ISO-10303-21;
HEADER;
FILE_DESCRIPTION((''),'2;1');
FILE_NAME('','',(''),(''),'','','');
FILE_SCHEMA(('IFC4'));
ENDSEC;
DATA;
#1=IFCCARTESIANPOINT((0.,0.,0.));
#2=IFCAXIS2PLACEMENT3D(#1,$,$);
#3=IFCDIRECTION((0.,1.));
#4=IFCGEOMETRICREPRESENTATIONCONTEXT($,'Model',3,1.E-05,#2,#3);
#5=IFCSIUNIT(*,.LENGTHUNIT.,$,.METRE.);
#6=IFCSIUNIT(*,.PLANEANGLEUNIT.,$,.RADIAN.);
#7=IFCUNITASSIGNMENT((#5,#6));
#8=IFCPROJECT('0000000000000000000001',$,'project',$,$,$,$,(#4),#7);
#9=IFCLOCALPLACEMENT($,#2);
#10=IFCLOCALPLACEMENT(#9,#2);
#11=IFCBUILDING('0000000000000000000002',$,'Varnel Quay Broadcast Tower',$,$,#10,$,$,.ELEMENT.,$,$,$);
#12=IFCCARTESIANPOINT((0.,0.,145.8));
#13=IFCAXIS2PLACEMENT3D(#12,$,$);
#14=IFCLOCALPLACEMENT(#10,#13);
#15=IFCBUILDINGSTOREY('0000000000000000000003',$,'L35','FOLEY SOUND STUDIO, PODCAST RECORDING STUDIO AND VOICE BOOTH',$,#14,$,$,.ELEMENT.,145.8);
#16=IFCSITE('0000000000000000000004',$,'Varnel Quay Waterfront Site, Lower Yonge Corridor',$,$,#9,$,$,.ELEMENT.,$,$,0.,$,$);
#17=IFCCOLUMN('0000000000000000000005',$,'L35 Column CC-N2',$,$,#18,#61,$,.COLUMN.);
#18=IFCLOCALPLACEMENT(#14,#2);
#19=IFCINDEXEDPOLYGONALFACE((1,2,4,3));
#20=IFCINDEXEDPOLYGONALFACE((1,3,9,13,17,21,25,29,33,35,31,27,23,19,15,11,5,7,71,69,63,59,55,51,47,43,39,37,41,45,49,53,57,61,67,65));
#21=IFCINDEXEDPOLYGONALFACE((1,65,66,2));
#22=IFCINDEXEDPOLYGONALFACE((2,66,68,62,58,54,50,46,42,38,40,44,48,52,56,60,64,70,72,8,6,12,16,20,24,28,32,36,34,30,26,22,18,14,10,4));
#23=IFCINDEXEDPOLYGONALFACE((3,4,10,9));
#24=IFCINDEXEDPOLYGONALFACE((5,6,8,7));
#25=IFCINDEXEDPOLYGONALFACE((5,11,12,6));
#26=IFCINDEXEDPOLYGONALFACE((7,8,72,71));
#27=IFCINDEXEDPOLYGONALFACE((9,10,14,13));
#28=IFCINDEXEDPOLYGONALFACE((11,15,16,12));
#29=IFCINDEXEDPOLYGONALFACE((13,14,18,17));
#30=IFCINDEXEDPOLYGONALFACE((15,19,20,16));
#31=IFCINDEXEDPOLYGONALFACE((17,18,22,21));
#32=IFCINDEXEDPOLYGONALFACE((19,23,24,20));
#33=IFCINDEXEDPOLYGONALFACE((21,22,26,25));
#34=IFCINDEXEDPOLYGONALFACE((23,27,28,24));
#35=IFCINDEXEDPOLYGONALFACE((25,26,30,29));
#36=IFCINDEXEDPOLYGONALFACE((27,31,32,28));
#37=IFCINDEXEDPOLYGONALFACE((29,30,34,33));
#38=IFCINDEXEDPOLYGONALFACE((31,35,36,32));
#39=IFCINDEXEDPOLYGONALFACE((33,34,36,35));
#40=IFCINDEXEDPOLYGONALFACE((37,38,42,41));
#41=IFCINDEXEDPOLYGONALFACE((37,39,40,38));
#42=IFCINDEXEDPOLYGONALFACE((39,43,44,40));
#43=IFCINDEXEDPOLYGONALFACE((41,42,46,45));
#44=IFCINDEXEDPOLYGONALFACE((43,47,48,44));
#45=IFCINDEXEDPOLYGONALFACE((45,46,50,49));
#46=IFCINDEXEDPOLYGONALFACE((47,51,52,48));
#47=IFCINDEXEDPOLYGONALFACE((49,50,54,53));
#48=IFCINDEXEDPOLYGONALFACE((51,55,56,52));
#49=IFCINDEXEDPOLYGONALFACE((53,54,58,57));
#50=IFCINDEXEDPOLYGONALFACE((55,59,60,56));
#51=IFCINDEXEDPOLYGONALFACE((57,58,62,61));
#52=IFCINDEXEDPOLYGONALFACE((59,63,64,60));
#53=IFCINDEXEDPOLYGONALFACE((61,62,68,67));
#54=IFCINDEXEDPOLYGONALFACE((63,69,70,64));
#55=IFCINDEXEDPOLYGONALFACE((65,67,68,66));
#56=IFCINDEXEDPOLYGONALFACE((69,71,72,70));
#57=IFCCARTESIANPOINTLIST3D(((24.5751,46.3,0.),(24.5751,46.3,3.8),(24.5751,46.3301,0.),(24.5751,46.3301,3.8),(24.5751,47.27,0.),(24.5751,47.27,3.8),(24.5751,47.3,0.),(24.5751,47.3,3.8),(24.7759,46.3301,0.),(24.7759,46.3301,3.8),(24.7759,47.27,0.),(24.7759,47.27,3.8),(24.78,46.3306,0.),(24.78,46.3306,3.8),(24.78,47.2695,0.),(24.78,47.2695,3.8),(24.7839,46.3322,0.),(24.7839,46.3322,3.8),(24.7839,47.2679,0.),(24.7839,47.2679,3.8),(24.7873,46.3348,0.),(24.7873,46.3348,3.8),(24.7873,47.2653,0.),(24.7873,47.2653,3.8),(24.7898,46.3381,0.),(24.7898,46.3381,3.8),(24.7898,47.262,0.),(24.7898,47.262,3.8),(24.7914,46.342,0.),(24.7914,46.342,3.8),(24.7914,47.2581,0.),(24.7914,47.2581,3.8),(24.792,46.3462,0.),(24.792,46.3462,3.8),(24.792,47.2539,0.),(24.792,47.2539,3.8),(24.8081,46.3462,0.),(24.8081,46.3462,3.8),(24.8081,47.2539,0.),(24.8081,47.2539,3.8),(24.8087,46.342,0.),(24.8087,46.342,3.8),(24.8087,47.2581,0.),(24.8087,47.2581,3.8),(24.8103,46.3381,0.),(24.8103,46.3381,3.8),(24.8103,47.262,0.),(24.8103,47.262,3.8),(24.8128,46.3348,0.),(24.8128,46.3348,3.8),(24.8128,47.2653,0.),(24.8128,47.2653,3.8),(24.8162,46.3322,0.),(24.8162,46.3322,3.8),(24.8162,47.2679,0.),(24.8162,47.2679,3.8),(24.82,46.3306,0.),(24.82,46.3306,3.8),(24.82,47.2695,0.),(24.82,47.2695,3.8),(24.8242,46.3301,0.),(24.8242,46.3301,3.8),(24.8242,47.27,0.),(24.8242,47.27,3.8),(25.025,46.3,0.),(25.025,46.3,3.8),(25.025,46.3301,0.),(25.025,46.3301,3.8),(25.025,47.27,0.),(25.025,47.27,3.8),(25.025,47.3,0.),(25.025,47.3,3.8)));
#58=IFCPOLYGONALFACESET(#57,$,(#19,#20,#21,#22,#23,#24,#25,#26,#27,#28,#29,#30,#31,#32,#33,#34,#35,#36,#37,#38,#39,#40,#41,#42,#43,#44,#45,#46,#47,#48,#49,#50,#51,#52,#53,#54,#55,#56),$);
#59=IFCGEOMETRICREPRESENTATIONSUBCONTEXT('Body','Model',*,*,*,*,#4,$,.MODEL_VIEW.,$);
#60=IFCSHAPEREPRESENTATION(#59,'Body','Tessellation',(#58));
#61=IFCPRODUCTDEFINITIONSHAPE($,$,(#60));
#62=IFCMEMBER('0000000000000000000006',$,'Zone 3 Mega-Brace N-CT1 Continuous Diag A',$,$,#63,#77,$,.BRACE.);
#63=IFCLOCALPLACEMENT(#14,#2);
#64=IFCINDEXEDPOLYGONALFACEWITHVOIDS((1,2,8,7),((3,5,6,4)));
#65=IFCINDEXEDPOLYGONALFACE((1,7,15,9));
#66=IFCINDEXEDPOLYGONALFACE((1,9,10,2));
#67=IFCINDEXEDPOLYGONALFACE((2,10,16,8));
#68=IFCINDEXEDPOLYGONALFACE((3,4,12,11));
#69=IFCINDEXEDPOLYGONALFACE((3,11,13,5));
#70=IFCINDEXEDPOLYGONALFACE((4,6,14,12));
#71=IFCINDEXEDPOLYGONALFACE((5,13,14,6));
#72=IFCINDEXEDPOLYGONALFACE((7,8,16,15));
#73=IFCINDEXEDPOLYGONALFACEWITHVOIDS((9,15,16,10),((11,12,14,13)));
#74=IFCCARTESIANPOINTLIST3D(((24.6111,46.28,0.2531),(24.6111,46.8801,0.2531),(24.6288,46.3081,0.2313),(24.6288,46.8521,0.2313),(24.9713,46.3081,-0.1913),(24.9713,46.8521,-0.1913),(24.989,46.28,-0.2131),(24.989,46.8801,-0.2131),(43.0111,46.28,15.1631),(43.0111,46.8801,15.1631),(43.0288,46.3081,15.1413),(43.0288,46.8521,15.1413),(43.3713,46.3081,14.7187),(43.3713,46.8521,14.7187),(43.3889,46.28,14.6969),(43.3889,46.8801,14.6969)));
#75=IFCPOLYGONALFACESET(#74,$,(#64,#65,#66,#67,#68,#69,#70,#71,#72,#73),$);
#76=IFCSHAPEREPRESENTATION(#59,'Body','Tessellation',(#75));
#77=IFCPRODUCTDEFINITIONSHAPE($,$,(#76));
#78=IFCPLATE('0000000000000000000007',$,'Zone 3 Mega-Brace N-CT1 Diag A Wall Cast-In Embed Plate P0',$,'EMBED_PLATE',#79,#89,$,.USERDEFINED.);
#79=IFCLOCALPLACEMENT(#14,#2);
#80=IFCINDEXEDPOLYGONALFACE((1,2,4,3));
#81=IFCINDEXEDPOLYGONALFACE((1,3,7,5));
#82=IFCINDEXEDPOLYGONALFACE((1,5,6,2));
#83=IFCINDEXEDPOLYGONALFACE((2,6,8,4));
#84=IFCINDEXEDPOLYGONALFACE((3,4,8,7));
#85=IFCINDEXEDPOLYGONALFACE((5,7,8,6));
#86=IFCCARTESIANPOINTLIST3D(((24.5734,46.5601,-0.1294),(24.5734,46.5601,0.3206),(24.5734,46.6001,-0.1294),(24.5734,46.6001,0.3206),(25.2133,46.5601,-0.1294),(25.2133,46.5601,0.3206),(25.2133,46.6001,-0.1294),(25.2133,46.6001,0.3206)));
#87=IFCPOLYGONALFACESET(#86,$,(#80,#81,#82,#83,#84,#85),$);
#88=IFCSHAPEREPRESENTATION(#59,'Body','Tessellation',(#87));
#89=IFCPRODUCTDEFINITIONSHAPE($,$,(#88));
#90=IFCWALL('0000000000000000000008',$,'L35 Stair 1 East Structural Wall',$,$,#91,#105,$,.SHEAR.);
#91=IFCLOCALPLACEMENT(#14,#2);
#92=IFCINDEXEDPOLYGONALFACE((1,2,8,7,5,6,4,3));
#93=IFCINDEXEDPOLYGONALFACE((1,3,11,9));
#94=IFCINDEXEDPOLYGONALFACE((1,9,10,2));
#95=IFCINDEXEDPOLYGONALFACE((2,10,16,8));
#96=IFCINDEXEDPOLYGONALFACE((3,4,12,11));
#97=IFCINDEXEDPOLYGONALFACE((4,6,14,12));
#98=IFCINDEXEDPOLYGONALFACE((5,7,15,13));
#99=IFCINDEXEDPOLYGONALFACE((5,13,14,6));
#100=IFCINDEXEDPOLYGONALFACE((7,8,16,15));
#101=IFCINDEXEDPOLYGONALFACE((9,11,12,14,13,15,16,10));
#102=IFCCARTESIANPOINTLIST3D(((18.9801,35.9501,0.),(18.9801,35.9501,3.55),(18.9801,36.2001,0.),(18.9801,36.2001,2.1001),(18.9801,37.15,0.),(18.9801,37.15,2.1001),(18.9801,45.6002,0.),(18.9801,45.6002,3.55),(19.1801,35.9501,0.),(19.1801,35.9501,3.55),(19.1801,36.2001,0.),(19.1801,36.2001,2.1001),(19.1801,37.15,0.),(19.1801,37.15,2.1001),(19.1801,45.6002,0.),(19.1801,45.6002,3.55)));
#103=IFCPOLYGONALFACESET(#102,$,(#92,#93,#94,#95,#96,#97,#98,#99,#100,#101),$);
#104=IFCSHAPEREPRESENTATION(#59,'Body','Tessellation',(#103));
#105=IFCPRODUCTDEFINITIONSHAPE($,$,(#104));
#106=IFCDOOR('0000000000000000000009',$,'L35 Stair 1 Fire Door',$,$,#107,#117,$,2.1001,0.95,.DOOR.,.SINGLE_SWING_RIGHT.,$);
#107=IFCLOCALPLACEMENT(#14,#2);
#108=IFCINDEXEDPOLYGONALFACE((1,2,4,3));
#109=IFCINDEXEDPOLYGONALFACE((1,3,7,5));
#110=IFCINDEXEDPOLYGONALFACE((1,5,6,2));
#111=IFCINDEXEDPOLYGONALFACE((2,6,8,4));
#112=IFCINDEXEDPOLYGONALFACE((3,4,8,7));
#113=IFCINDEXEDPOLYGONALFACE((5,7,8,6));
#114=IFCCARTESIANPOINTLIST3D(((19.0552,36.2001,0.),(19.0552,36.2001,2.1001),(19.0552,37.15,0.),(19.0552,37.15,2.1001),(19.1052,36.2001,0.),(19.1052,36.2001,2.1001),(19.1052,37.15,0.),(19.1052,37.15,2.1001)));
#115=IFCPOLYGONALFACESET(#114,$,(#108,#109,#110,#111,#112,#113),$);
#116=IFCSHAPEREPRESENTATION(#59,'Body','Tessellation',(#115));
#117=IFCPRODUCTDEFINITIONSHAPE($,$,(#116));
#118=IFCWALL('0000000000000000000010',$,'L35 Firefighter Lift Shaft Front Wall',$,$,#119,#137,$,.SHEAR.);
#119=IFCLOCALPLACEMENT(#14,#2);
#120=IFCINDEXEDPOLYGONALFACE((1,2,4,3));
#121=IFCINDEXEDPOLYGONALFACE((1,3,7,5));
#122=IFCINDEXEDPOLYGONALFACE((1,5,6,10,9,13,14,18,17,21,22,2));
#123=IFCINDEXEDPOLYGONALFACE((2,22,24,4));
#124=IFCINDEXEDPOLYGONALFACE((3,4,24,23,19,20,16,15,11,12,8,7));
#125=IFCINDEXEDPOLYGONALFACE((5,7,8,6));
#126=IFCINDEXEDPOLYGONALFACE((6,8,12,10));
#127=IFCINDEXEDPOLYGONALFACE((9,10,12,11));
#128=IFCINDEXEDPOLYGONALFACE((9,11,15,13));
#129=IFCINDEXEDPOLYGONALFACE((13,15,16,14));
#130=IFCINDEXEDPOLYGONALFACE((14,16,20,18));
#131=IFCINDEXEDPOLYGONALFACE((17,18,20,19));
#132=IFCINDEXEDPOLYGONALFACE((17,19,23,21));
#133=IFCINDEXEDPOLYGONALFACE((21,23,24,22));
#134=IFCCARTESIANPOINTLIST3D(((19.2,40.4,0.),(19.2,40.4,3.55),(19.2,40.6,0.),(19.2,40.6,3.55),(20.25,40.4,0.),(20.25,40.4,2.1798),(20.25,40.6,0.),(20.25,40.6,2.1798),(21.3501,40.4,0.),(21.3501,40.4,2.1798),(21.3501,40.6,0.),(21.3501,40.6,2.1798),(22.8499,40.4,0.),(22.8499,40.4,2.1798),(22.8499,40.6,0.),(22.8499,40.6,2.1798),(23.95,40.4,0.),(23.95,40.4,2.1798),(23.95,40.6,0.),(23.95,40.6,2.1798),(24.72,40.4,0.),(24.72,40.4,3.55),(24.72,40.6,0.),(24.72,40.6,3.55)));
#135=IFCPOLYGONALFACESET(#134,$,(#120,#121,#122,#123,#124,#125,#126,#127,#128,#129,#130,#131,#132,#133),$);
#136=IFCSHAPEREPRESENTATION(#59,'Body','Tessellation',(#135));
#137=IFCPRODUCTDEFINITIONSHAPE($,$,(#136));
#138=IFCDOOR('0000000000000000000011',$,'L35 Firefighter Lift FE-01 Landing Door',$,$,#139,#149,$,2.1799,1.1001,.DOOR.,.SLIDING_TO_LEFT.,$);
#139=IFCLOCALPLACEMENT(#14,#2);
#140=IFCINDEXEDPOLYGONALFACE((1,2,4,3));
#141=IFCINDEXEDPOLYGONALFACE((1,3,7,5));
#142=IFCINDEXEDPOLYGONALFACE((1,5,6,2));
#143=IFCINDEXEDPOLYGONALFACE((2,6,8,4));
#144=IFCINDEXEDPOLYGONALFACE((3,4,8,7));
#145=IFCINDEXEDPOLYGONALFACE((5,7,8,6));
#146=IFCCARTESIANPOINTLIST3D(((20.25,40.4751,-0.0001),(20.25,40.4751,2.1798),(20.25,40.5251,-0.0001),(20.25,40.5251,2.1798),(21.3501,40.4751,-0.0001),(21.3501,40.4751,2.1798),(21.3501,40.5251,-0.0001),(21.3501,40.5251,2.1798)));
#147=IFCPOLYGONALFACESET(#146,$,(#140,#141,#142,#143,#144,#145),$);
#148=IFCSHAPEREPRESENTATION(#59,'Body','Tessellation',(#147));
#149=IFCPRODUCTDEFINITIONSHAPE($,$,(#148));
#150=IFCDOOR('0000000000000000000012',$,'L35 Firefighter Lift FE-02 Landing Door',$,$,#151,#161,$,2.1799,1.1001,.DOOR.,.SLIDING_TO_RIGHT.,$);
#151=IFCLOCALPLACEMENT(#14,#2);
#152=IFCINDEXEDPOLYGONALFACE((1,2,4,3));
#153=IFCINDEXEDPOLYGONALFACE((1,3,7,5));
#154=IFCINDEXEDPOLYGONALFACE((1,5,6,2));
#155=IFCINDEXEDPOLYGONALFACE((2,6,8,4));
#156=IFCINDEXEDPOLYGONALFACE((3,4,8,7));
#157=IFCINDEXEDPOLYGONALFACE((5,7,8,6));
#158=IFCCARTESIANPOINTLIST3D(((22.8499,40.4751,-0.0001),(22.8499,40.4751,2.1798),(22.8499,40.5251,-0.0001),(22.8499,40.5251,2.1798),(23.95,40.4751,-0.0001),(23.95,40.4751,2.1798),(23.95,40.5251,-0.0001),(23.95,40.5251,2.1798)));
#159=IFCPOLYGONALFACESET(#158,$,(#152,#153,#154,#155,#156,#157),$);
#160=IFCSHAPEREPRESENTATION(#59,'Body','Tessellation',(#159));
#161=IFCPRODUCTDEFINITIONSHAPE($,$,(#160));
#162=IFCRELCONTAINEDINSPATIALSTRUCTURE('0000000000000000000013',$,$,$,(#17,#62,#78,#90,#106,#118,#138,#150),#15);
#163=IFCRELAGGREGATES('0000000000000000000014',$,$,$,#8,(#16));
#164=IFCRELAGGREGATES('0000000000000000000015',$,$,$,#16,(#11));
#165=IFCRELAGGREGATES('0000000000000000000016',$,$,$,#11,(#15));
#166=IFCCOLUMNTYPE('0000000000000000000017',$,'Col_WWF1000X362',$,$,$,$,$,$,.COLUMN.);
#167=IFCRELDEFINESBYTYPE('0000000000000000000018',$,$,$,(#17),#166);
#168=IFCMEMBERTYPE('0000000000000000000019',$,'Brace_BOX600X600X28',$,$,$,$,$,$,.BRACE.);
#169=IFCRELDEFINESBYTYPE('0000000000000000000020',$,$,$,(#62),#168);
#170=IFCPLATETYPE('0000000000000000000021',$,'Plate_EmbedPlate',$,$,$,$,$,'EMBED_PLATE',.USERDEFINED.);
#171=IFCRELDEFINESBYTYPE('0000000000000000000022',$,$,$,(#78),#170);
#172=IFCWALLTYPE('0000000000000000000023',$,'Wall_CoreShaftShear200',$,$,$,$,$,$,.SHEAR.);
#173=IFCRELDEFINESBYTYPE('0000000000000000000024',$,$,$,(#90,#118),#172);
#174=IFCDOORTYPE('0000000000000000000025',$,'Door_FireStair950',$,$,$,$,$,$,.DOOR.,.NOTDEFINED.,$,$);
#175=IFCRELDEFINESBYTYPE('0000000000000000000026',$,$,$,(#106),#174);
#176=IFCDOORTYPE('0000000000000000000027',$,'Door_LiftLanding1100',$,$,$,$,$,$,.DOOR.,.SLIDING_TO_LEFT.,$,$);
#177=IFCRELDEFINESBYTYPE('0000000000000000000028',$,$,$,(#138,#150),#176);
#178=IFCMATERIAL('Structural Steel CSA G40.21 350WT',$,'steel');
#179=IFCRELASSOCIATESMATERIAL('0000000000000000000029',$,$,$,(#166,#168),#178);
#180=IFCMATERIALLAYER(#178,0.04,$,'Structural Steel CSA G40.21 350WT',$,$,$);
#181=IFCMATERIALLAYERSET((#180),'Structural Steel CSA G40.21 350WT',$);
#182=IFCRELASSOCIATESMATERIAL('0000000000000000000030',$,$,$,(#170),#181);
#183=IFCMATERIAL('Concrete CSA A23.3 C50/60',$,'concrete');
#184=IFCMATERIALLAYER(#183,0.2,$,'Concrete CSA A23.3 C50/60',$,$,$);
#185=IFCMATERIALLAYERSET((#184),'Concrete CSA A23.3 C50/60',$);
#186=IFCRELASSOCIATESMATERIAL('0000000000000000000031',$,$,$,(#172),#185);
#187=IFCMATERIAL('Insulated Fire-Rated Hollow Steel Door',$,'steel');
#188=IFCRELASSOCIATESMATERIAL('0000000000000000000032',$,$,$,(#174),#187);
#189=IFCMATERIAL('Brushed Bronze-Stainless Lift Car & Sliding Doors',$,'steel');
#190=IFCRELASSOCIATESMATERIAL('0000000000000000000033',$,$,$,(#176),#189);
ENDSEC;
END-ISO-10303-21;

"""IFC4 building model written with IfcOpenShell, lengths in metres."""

from ifc_helpers import new_model, si_unit, direction, frame, frame_2d, origin, origin_2d, place, context, subcontext, project, spatial, rectangle, hollow_rectangle, i_section, extrude, source, transform, mapped, material, layer, layer_set, material_profile, profile_set, type_object, type_shapes, element, fill, save


model = new_model("IFC4")

# Units and contexts
model_context = context("Model", 3, precision=1e-05, world=origin(), true_north=direction((0.0, 1.0)))
body_context = subcontext(model_context, "Body", "Model", "MODEL_VIEW")
ifc_project = project(units=[si_unit("LENGTHUNIT", "METRE"), si_unit("PLANEANGLEUNIT", "RADIAN")], contexts=[model_context])

# Site, building, storey
site_placement = place(None, origin())
site = spatial("IfcSite", under=ifc_project, at=site_placement, Name="Varnel Quay Waterfront Site, Lower Yonge Corridor", CompositionType="ELEMENT", RefElevation=0.0)
building_placement = place(site_placement, origin())
building = spatial("IfcBuilding", under=site, at=building_placement, Name="Varnel Quay Broadcast Tower", CompositionType="ELEMENT")
storey_placement = place(building_placement, frame((0.0, 0.0, 145.8)))
storey = spatial("IfcBuildingStorey", under=building, at=storey_placement, Name="L35", Description="FOLEY SOUND STUDIO, PODCAST RECORDING STUDIO AND VOICE BOOTH", CompositionType="ELEMENT", Elevation=145.8)

# Column
ifc_material_1 = material(Name="Structural Steel CSA G40.21 350WT", Category="steel")
ifc_material_profile_1 = material_profile(ifc_material_1, i_section(OverallWidth=0.45, OverallDepth=1.0, WebThickness=0.0161, FlangeThickness=0.03, FilletRadius=0.0161, at=origin_2d()), Name="WWF1000X362")
ifc_profile_set_1 = profile_set([ifc_material_profile_1], Name="Structural Steel CSA G40.21 350WT")
column_type = type_object("IfcColumnType", Name="Col_WWF1000X362", PredefinedType="COLUMN", material=ifc_profile_set_1)
shared_shape_1 = source(origin(), body_context, "Body", "SweptSolid", [
    extrude(i_section(OverallWidth=0.45, OverallDepth=1.0, WebThickness=0.0161, FlangeThickness=0.03, FilletRadius=0.0161, at=origin_2d()), origin(), (0.0, 0.0, 1.0), 3.8),
])
type_shapes(column_type, [shared_shape_1])
column_placement = place(storey_placement, frame((24.8, 46.8, 0.0), z_axis=(0.0, 0.0, 1.0), x_axis=(1.0, 0.0, 0.0)))
element("IfcColumn", 1, at=column_placement, inside=storey, type_object=column_type, Name="L35 Column CC-N2", PredefinedType="COLUMN", context=body_context, shape_type="MappedRepresentation", body=[
    mapped(shared_shape_1, transform((0.0, 0.0, 0.0), x_axis=(1.0, 0.0, 0.0), y_axis=(0.0, 1.0, 0.0), z_axis=(0.0, 0.0, 1.0), scale=1.0)),
])

# Member
ifc_material_profile_2 = material_profile(ifc_material_1, hollow_rectangle(XDim=0.6001, YDim=0.6001, WallThickness=0.0281, at=origin_2d()), Name="BOX600X600X28")
ifc_profile_set_2 = profile_set([ifc_material_profile_2], Name="Structural Steel CSA G40.21 350WT")
member_type = type_object("IfcMemberType", Name="Brace_BOX600X600X28", PredefinedType="BRACE", material=ifc_profile_set_2)
shared_shape_2 = source(origin(), body_context, "Body", "SweptSolid", [
    extrude(hollow_rectangle(XDim=0.6001, YDim=0.6001, WallThickness=0.0281, at=origin_2d()), origin(), (0.0, 0.0, 1.0), 23.6826),
])
type_shapes(member_type, [shared_shape_2])
member_placement = place(storey_placement, frame((24.8, 46.5801, 0.02), z_axis=(0.77694, 0.0, 0.629574), x_axis=(0.0, 1.0, 0.0)))
element("IfcMember", 2, at=member_placement, inside=storey, type_object=member_type, Name="Zone 3 Mega-Brace N-CT1 Continuous Diag A", PredefinedType="BRACE", context=body_context, shape_type="MappedRepresentation", body=[
    mapped(shared_shape_2, transform((0.0, 0.0, 0.0), x_axis=(1.0, 0.0, 0.0), y_axis=(0.0, 1.0, 0.0), z_axis=(0.0, 0.0, 1.0), scale=1.0)),
])

# Plate
ifc_layer_1 = layer(ifc_material_1, 0.04, Name="Structural Steel CSA G40.21 350WT")
ifc_layer_set_1 = layer_set([ifc_layer_1], Name="Structural Steel CSA G40.21 350WT")
plate_type = type_object("IfcPlateType", Name="Plate_EmbedPlate", ElementType="EMBED_PLATE", PredefinedType="USERDEFINED", material=ifc_layer_set_1)
shared_shape_3 = source(origin(), body_context, "Body", "SweptSolid", [
    extrude(rectangle(XDim=0.6399, YDim=0.04, at=origin_2d()), origin(), (0.0, 0.0, 1.0), 0.45),
])
type_shapes(plate_type, [shared_shape_3])
plate_placement = place(storey_placement, frame((24.8933, 46.5801, -0.1294), z_axis=(0.0, 0.0, 1.0), x_axis=(1.0, 0.0, 0.0)))
element("IfcPlate", 3, at=plate_placement, inside=storey, type_object=plate_type, Name="Zone 3 Mega-Brace N-CT1 Diag A Wall Cast-In Embed Plate P0", ObjectType="EMBED_PLATE", PredefinedType="USERDEFINED", context=body_context, shape_type="MappedRepresentation", body=[
    mapped(shared_shape_3, transform((0.0, 0.0, 0.0), x_axis=(1.0, 0.0, 0.0), y_axis=(0.0, 1.0, 0.0), z_axis=(0.0, 0.0, 1.0), scale=1.0)),
])

# Wall, opening, door
ifc_material_2 = material(Name="Concrete CSA A23.3 C50/60", Category="concrete")
ifc_layer_2 = layer(ifc_material_2, 0.2, Name="Concrete CSA A23.3 C50/60")
ifc_layer_set_2 = layer_set([ifc_layer_2], Name="Concrete CSA A23.3 C50/60")
wall_type_1 = type_object("IfcWallType", Name="Wall_CoreShaftShear200", PredefinedType="SHEAR", material=ifc_layer_set_2)
wall_1_placement = place(storey_placement, frame((19.0801, 35.95, 0.0), z_axis=(0.0, 0.0, 1.0), x_axis=(0.0, 1.0, 0.0)))
wall_1 = element("IfcWall", 4, at=wall_1_placement, inside=storey, type_object=wall_type_1, Name="L35 Stair 1 East Structural Wall", PredefinedType="SHEAR", context=body_context, shape_type="SweptSolid", body=[
    extrude(rectangle(XDim=9.6501, YDim=0.2, at=frame_2d((4.8252, 0.0))), origin(), (0.0, 0.0, 1.0), 3.55),
])
opening_1_placement = place(wall_1_placement, frame((0.25, 0.0, 0.0)))
opening_1 = element("IfcOpeningElement", 5, at=opening_1_placement, cuts=wall_1, PredefinedType="OPENING", context=body_context, shape_type="SweptSolid", body=[
    extrude(rectangle(XDim=0.95, YDim=2.1001, at=frame_2d((0.4751, 1.05))), frame((0.0, 0.1099, 0.0), z_axis=(0.0, -1.0, 0.0), x_axis=(1.0, 0.0, 0.0)), (0.0, 0.0, 1.0), 0.22),
])
ifc_material_3 = material(Name="Insulated Fire-Rated Hollow Steel Door", Category="steel")
door_type_1 = type_object("IfcDoorType", Name="Door_FireStair950", OperationType="NOTDEFINED", PredefinedType="DOOR", material=ifc_material_3)
shared_shape_4 = source(origin(), body_context, "Body", "SweptSolid", [
    extrude(rectangle(XDim=0.95, YDim=2.1001, at=frame_2d((0.4751, 1.05))), frame((0.0, 0.0249, 0.0), z_axis=(0.0, -1.0, 0.0), x_axis=(1.0, 0.0, 0.0)), (0.0, 0.0, 1.0), 0.05),
])
type_shapes(door_type_1, [shared_shape_4])
door_1_placement = place(opening_1_placement, origin())
door_1 = element("IfcDoor", 6, at=door_1_placement, inside=storey, type_object=door_type_1, Name="L35 Stair 1 Fire Door", OperationType="SINGLE_SWING_RIGHT", OverallHeight=2.1001, OverallWidth=0.95, PredefinedType="DOOR", context=body_context, shape_type="MappedRepresentation", body=[
    mapped(shared_shape_4, transform((0.0, 0.0, 0.0), x_axis=(1.0, 0.0, 0.0), y_axis=(0.0, 1.0, 0.0), z_axis=(0.0, 0.0, 1.0), scale=1.0)),
])
fill(opening_1, door_1)

# Wall, openings, doors
wall_2_placement = place(storey_placement, frame((19.2, 40.5, 0.0), z_axis=(0.0, 0.0, 1.0), x_axis=(1.0, 0.0, 0.0)))
wall_2 = element("IfcWall", 7, at=wall_2_placement, inside=storey, type_object=wall_type_1, Name="L35 Firefighter Lift Shaft Front Wall", PredefinedType="SHEAR", context=body_context, shape_type="SweptSolid", body=[
    extrude(rectangle(XDim=5.52, YDim=0.2, at=frame_2d((2.76, 0.0))), origin(), (0.0, 0.0, 1.0), 3.55),
])
opening_2_placement = place(wall_2_placement, frame((1.05, 0.0, 0.0)))
opening_2 = element("IfcOpeningElement", 8, at=opening_2_placement, cuts=wall_2, PredefinedType="OPENING", context=body_context, shape_type="SweptSolid", body=[
    extrude(rectangle(XDim=1.1001, YDim=2.1799, at=frame_2d((0.55, 1.0898))), frame((0.0, 0.1099, 0.0), z_axis=(0.0, -1.0, 0.0), x_axis=(1.0, 0.0, 0.0)), (0.0, 0.0, 1.0), 0.22),
])
opening_3_placement = place(wall_2_placement, frame((3.6499, 0.0, 0.0)))
opening_3 = element("IfcOpeningElement", 9, at=opening_3_placement, cuts=wall_2, PredefinedType="OPENING", context=body_context, shape_type="SweptSolid", body=[
    extrude(rectangle(XDim=1.1001, YDim=2.1799, at=frame_2d((0.55, 1.0898))), frame((0.0, 0.1099, 0.0), z_axis=(0.0, -1.0, 0.0), x_axis=(1.0, 0.0, 0.0)), (0.0, 0.0, 1.0), 0.22),
])
ifc_material_4 = material(Name="Brushed Bronze-Stainless Lift Car & Sliding Doors", Category="steel")
door_type_2 = type_object("IfcDoorType", Name="Door_LiftLanding1100", OperationType="SLIDING_TO_LEFT", PredefinedType="DOOR", material=ifc_material_4)
shared_shape_5 = source(origin(), body_context, "Body", "SweptSolid", [
    extrude(rectangle(XDim=1.1001, YDim=2.1799, at=frame_2d((0.55, 1.0898))), frame((0.0, 0.0249, 0.0), z_axis=(0.0, -1.0, 0.0), x_axis=(1.0, 0.0, 0.0)), (0.0, 0.0, 1.0), 0.05),
])
type_shapes(door_type_2, [shared_shape_5])
door_2_placement = place(opening_2_placement, frame((1.1001, 0.0, 0.0), z_axis=(0.0, 0.0, 1.0), x_axis=(-1.0, 0.0, 0.0)))
door_2 = element("IfcDoor", 10, at=door_2_placement, inside=storey, type_object=door_type_2, Name="L35 Firefighter Lift FE-01 Landing Door", OperationType="SLIDING_TO_LEFT", OverallHeight=2.1799, OverallWidth=1.1001, PredefinedType="DOOR", context=body_context, shape_type="MappedRepresentation", body=[
    mapped(shared_shape_5, transform((0.0, 0.0, 0.0), x_axis=(1.0, 0.0, 0.0), y_axis=(0.0, 1.0, 0.0), z_axis=(0.0, 0.0, 1.0), scale=1.0)),
])
fill(opening_2, door_2)
door_3_placement = place(opening_3_placement, frame((1.1001, 0.0, 0.0), z_axis=(0.0, 0.0, 1.0), x_axis=(-1.0, 0.0, 0.0)))
door_3 = element("IfcDoor", 11, at=door_3_placement, inside=storey, type_object=door_type_2, Name="L35 Firefighter Lift FE-02 Landing Door", OperationType="SLIDING_TO_RIGHT", OverallHeight=2.1799, OverallWidth=1.1001, PredefinedType="DOOR", context=body_context, shape_type="MappedRepresentation", body=[
    mapped(shared_shape_5, transform((0.0, 0.0, 0.0), x_axis=(1.0, 0.0, 0.0), y_axis=(0.0, 1.0, 0.0), z_axis=(0.0, 0.0, 1.0), scale=1.0)),
])
fill(opening_3, door_3)

save(model, "model.ifc")
